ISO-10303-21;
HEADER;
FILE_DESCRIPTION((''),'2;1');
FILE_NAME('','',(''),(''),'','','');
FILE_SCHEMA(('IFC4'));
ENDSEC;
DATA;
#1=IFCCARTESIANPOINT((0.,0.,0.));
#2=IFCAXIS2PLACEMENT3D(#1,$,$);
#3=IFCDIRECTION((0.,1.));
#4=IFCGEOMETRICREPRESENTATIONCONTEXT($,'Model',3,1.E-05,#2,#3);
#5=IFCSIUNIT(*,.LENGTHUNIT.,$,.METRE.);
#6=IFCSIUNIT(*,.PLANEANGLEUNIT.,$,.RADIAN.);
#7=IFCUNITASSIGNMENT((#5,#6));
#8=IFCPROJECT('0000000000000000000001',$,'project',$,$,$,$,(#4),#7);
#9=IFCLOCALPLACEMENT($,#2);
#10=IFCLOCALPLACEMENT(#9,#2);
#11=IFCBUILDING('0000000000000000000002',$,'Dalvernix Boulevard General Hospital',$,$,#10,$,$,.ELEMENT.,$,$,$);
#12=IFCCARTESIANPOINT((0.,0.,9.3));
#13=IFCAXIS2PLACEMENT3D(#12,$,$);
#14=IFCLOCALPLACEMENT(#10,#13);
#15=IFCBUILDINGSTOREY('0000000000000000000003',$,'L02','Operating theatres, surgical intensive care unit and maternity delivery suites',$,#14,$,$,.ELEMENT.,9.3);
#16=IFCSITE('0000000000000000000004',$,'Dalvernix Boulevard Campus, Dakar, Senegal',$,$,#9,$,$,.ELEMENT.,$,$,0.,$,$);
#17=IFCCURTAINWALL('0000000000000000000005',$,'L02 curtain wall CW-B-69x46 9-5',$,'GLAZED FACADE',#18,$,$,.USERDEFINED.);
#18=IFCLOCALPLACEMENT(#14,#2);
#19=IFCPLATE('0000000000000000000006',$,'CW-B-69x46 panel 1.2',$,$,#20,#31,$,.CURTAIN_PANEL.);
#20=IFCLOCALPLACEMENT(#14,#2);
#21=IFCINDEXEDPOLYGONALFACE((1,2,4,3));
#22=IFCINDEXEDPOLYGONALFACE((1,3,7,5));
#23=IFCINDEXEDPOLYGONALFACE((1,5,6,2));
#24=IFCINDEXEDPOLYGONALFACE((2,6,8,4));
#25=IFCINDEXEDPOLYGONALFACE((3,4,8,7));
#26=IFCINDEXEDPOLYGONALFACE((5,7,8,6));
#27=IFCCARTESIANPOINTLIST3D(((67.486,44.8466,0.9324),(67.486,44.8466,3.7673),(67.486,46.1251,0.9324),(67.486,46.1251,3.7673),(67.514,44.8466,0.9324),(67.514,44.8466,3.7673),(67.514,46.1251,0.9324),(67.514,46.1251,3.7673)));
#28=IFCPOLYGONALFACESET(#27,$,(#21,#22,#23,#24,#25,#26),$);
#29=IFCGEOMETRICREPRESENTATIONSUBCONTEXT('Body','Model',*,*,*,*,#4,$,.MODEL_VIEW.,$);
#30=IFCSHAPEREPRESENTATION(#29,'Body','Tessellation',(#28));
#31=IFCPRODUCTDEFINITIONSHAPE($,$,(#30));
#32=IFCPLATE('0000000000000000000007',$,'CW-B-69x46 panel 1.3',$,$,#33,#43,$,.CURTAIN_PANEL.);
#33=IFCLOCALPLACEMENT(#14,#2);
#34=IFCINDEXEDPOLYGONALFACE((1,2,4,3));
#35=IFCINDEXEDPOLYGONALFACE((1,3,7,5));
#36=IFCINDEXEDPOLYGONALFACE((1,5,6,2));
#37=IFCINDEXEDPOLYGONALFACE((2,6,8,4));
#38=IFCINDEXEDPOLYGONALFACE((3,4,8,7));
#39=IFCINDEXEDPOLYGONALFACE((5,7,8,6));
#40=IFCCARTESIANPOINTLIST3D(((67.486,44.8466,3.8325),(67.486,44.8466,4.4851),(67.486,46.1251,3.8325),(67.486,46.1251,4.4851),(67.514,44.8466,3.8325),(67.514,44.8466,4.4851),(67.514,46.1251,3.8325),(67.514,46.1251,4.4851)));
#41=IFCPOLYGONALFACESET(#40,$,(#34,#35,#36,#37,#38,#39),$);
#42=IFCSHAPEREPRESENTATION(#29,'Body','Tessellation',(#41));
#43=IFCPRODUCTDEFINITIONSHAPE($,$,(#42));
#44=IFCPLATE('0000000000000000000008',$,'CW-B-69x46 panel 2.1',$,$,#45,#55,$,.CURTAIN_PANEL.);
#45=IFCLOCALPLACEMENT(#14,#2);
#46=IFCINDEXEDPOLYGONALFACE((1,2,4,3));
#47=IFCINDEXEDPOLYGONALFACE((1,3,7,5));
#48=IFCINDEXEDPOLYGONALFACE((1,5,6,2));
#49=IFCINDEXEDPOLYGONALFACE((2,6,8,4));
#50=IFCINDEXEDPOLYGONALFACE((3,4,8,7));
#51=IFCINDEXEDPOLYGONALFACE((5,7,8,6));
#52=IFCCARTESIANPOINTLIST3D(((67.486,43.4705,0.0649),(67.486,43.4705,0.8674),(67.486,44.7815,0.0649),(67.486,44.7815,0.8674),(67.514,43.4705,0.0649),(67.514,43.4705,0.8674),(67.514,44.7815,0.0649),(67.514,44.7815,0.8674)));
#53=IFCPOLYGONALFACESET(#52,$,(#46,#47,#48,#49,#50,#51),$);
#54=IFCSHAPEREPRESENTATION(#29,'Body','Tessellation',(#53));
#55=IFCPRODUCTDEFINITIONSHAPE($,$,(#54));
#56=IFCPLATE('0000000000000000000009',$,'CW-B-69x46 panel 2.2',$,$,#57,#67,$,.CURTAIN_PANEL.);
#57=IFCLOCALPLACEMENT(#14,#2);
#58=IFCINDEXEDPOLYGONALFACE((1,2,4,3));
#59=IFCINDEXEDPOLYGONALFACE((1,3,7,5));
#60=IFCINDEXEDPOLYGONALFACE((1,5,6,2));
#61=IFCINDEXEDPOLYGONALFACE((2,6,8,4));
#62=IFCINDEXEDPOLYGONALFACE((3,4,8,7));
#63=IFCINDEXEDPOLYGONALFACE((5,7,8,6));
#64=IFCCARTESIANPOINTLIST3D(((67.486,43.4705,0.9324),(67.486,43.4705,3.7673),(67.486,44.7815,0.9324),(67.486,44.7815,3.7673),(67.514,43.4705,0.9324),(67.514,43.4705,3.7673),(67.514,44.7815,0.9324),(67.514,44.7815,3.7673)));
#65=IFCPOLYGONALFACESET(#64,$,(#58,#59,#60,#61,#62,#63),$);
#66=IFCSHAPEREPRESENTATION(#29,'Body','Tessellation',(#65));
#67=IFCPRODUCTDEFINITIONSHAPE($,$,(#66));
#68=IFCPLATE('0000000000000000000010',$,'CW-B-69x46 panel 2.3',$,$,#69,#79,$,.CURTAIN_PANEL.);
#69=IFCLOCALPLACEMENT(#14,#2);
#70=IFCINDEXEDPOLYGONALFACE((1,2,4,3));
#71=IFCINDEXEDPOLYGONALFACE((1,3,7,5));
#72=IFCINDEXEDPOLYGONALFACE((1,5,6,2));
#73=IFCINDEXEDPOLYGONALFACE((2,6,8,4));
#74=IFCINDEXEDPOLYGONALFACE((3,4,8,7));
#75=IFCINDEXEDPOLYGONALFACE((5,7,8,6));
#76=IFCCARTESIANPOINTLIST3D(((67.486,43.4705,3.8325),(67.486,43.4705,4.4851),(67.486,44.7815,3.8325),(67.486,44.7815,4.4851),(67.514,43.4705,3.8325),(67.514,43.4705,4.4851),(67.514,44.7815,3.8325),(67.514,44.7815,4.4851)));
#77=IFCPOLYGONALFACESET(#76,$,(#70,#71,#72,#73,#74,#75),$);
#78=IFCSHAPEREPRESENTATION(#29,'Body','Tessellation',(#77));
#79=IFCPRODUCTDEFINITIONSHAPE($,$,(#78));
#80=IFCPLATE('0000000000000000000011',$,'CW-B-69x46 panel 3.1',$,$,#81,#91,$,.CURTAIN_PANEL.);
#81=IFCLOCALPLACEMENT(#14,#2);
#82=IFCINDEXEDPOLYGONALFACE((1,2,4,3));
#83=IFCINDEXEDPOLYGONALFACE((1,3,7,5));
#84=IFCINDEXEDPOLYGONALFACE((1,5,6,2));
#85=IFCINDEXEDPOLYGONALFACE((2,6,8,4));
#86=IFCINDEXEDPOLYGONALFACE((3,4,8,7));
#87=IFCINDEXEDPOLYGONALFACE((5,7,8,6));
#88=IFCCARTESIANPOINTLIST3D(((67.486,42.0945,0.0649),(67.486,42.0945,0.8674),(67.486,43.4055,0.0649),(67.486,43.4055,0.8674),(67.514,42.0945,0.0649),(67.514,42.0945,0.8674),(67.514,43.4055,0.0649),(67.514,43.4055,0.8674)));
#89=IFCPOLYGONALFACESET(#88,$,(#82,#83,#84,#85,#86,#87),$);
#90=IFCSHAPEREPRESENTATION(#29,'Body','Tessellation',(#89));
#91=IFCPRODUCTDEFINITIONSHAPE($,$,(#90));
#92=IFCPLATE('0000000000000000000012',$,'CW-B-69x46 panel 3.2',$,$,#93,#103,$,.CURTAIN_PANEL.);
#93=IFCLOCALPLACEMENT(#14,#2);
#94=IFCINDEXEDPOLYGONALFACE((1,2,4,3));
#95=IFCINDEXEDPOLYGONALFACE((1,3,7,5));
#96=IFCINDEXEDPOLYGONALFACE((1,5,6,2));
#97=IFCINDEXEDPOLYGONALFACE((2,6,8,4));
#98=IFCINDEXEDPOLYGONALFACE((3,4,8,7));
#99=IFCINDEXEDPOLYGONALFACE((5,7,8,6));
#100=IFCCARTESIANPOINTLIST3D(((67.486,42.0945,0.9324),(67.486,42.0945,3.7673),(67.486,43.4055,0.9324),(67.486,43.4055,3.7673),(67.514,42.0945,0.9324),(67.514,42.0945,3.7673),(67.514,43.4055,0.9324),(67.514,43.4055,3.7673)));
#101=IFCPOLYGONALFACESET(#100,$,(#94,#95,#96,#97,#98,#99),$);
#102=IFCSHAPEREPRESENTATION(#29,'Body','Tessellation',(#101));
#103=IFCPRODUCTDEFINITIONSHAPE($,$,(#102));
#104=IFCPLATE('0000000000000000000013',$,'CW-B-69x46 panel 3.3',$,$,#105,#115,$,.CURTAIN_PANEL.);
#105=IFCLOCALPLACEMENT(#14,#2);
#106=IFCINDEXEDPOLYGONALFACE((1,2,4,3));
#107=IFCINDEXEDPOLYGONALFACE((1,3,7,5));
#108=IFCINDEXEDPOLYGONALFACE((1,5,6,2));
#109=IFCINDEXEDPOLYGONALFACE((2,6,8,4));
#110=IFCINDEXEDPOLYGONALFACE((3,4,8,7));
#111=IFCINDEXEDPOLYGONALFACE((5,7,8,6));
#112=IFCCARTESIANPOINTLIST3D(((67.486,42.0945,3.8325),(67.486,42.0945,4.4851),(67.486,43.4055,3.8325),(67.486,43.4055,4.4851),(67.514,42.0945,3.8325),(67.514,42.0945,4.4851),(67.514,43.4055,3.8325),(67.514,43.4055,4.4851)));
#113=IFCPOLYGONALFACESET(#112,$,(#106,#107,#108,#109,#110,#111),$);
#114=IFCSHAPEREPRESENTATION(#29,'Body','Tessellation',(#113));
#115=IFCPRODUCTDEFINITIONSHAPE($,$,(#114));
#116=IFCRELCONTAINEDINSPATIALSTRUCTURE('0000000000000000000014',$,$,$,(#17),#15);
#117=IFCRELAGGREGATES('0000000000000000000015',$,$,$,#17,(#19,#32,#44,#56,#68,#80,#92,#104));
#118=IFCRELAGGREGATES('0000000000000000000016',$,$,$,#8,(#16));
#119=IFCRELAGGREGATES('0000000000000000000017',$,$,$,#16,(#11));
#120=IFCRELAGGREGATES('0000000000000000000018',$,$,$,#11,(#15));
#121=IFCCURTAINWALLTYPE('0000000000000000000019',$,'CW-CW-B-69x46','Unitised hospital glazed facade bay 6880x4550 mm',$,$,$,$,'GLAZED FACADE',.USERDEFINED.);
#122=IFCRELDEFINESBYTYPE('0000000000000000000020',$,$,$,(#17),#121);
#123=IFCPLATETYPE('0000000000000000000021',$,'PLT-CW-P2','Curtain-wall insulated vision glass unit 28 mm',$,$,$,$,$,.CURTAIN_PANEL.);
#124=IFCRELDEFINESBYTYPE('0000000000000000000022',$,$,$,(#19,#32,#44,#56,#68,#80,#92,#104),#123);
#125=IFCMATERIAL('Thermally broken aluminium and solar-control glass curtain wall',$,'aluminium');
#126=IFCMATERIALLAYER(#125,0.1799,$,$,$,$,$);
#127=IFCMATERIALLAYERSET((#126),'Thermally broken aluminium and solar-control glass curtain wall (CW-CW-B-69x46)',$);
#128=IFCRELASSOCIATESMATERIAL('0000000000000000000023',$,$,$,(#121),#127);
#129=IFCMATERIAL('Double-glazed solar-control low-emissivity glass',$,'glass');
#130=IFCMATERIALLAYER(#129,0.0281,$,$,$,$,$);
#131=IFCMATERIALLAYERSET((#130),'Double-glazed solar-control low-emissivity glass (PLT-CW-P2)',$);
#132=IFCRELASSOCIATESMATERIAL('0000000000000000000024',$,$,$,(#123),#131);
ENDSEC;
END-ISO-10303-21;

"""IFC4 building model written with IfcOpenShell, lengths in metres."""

from ifc_helpers import new_model, si_unit, direction, frame, origin, origin_2d, place, context, subcontext, project, spatial, rectangle, extrude, material, layer, layer_set, type_object, element, aggregate, save


model = new_model("IFC4")

# Units and contexts
model_context = context("Model", 3, precision=1e-05, world=origin(), true_north=direction((0.0, 1.0)))
body_context = subcontext(model_context, "Body", "Model", "MODEL_VIEW")
ifc_project = project(units=[si_unit("LENGTHUNIT", "METRE"), si_unit("PLANEANGLEUNIT", "RADIAN")], contexts=[model_context])

# Site, building, storey
site_placement = place(None, origin())
site = spatial("IfcSite", under=ifc_project, at=site_placement, Name="Dalvernix Boulevard Campus, Dakar, Senegal", CompositionType="ELEMENT", RefElevation=0.0)
building_placement = place(site_placement, origin())
building = spatial("IfcBuilding", under=site, at=building_placement, Name="Dalvernix Boulevard General Hospital", CompositionType="ELEMENT")
storey_placement = place(building_placement, frame((0.0, 0.0, 9.3)))
storey = spatial("IfcBuildingStorey", under=building, at=storey_placement, Name="L02", Description="Operating theatres, surgical intensive care unit and maternity delivery suites", CompositionType="ELEMENT", Elevation=9.3)

# Curtain wall, plates
ifc_material_1 = material(Name="Thermally broken aluminium and solar-control glass curtain wall", Category="aluminium")
ifc_layer_1 = layer(ifc_material_1, 0.1799)
ifc_layer_set_1 = layer_set([ifc_layer_1], Name="Thermally broken aluminium and solar-control glass curtain wall (CW-CW-B-69x46)")
curtain_wall_type = type_object("IfcCurtainWallType", Name="CW-CW-B-69x46", Description="Unitised hospital glazed facade bay 6880x4550 mm", ElementType="GLAZED FACADE", PredefinedType="USERDEFINED", material=ifc_layer_set_1)
curtain_wall_placement = place(storey_placement, origin())
curtain_wall = element("IfcCurtainWall", 1, at=curtain_wall_placement, inside=storey, type_object=curtain_wall_type, Name="L02 curtain wall CW-B-69x46 9-5", ObjectType="GLAZED FACADE", PredefinedType="USERDEFINED")
ifc_material_2 = material(Name="Double-glazed solar-control low-emissivity glass", Category="glass")
ifc_layer_2 = layer(ifc_material_2, 0.0281)
ifc_layer_set_2 = layer_set([ifc_layer_2], Name="Double-glazed solar-control low-emissivity glass (PLT-CW-P2)")
plate_type = type_object("IfcPlateType", Name="PLT-CW-P2", Description="Curtain-wall insulated vision glass unit 28 mm", PredefinedType="CURTAIN_PANEL", material=ifc_layer_set_2)
plate_1_placement = place(storey_placement, frame((67.5, 45.4858, 0.9324), z_axis=(0.0, 0.0, 1.0), x_axis=(0.0, -1.0, 0.0)))
plate_1 = element("IfcPlate", 2, at=plate_1_placement, type_object=plate_type, Name="CW-B-69x46 panel 1.2", PredefinedType="CURTAIN_PANEL", context=body_context, shape_type="SweptSolid", body=[
    extrude(rectangle(XDim=1.2786, YDim=0.0281, at=origin_2d()), origin(), (0.0, 0.0, 1.0), 2.835),
])
plate_2_placement = place(storey_placement, frame((67.5, 45.4858, 3.8325), z_axis=(0.0, 0.0, 1.0), x_axis=(0.0, -1.0, 0.0)))
plate_2 = element("IfcPlate", 3, at=plate_2_placement, type_object=plate_type, Name="CW-B-69x46 panel 1.3", PredefinedType="CURTAIN_PANEL", context=body_context, shape_type="SweptSolid", body=[
    extrude(rectangle(XDim=1.2786, YDim=0.0281, at=origin_2d()), origin(), (0.0, 0.0, 1.0), 0.6526),
])
plate_3_placement = place(storey_placement, frame((67.5, 44.126, 0.0649), z_axis=(0.0, 0.0, 1.0), x_axis=(0.0, -1.0, 0.0)))
plate_3 = element("IfcPlate", 4, at=plate_3_placement, type_object=plate_type, Name="CW-B-69x46 panel 2.1", PredefinedType="CURTAIN_PANEL", context=body_context, shape_type="SweptSolid", body=[
    extrude(rectangle(XDim=1.311, YDim=0.0281, at=origin_2d()), origin(), (0.0, 0.0, 1.0), 0.8025),
])
plate_4_placement = place(storey_placement, frame((67.5, 44.126, 0.9324), z_axis=(0.0, 0.0, 1.0), x_axis=(0.0, -1.0, 0.0)))
plate_4 = element("IfcPlate", 5, at=plate_4_placement, type_object=plate_type, Name="CW-B-69x46 panel 2.2", PredefinedType="CURTAIN_PANEL", context=body_context, shape_type="SweptSolid", body=[
    extrude(rectangle(XDim=1.311, YDim=0.0281, at=origin_2d()), origin(), (0.0, 0.0, 1.0), 2.835),
])
plate_5_placement = place(storey_placement, frame((67.5, 44.126, 3.8325), z_axis=(0.0, 0.0, 1.0), x_axis=(0.0, -1.0, 0.0)))
plate_5 = element("IfcPlate", 6, at=plate_5_placement, type_object=plate_type, Name="CW-B-69x46 panel 2.3", PredefinedType="CURTAIN_PANEL", context=body_context, shape_type="SweptSolid", body=[
    extrude(rectangle(XDim=1.311, YDim=0.0281, at=origin_2d()), origin(), (0.0, 0.0, 1.0), 0.6526),
])
plate_6_placement = place(storey_placement, frame((67.5, 42.75, 0.0649), z_axis=(0.0, 0.0, 1.0), x_axis=(0.0, -1.0, 0.0)))
plate_6 = element("IfcPlate", 7, at=plate_6_placement, type_object=plate_type, Name="CW-B-69x46 panel 3.1", PredefinedType="CURTAIN_PANEL", context=body_context, shape_type="SweptSolid", body=[
    extrude(rectangle(XDim=1.311, YDim=0.0281, at=origin_2d()), origin(), (0.0, 0.0, 1.0), 0.8025),
])
plate_7_placement = place(storey_placement, frame((67.5, 42.75, 0.9324), z_axis=(0.0, 0.0, 1.0), x_axis=(0.0, -1.0, 0.0)))
plate_7 = element("IfcPlate", 8, at=plate_7_placement, type_object=plate_type, Name="CW-B-69x46 panel 3.2", PredefinedType="CURTAIN_PANEL", context=body_context, shape_type="SweptSolid", body=[
    extrude(rectangle(XDim=1.311, YDim=0.0281, at=origin_2d()), origin(), (0.0, 0.0, 1.0), 2.835),
])
plate_8_placement = place(storey_placement, frame((67.5, 42.75, 3.8325), z_axis=(0.0, 0.0, 1.0), x_axis=(0.0, -1.0, 0.0)))
plate_8 = element("IfcPlate", 9, at=plate_8_placement, type_object=plate_type, Name="CW-B-69x46 panel 3.3", PredefinedType="CURTAIN_PANEL", context=body_context, shape_type="SweptSolid", body=[
    extrude(rectangle(XDim=1.311, YDim=0.0281, at=origin_2d()), origin(), (0.0, 0.0, 1.0), 0.6526),
])
aggregate(curtain_wall, [plate_1, plate_2, plate_3, plate_4, plate_5, plate_6, plate_7, plate_8])

save(model, "model.ifc")
